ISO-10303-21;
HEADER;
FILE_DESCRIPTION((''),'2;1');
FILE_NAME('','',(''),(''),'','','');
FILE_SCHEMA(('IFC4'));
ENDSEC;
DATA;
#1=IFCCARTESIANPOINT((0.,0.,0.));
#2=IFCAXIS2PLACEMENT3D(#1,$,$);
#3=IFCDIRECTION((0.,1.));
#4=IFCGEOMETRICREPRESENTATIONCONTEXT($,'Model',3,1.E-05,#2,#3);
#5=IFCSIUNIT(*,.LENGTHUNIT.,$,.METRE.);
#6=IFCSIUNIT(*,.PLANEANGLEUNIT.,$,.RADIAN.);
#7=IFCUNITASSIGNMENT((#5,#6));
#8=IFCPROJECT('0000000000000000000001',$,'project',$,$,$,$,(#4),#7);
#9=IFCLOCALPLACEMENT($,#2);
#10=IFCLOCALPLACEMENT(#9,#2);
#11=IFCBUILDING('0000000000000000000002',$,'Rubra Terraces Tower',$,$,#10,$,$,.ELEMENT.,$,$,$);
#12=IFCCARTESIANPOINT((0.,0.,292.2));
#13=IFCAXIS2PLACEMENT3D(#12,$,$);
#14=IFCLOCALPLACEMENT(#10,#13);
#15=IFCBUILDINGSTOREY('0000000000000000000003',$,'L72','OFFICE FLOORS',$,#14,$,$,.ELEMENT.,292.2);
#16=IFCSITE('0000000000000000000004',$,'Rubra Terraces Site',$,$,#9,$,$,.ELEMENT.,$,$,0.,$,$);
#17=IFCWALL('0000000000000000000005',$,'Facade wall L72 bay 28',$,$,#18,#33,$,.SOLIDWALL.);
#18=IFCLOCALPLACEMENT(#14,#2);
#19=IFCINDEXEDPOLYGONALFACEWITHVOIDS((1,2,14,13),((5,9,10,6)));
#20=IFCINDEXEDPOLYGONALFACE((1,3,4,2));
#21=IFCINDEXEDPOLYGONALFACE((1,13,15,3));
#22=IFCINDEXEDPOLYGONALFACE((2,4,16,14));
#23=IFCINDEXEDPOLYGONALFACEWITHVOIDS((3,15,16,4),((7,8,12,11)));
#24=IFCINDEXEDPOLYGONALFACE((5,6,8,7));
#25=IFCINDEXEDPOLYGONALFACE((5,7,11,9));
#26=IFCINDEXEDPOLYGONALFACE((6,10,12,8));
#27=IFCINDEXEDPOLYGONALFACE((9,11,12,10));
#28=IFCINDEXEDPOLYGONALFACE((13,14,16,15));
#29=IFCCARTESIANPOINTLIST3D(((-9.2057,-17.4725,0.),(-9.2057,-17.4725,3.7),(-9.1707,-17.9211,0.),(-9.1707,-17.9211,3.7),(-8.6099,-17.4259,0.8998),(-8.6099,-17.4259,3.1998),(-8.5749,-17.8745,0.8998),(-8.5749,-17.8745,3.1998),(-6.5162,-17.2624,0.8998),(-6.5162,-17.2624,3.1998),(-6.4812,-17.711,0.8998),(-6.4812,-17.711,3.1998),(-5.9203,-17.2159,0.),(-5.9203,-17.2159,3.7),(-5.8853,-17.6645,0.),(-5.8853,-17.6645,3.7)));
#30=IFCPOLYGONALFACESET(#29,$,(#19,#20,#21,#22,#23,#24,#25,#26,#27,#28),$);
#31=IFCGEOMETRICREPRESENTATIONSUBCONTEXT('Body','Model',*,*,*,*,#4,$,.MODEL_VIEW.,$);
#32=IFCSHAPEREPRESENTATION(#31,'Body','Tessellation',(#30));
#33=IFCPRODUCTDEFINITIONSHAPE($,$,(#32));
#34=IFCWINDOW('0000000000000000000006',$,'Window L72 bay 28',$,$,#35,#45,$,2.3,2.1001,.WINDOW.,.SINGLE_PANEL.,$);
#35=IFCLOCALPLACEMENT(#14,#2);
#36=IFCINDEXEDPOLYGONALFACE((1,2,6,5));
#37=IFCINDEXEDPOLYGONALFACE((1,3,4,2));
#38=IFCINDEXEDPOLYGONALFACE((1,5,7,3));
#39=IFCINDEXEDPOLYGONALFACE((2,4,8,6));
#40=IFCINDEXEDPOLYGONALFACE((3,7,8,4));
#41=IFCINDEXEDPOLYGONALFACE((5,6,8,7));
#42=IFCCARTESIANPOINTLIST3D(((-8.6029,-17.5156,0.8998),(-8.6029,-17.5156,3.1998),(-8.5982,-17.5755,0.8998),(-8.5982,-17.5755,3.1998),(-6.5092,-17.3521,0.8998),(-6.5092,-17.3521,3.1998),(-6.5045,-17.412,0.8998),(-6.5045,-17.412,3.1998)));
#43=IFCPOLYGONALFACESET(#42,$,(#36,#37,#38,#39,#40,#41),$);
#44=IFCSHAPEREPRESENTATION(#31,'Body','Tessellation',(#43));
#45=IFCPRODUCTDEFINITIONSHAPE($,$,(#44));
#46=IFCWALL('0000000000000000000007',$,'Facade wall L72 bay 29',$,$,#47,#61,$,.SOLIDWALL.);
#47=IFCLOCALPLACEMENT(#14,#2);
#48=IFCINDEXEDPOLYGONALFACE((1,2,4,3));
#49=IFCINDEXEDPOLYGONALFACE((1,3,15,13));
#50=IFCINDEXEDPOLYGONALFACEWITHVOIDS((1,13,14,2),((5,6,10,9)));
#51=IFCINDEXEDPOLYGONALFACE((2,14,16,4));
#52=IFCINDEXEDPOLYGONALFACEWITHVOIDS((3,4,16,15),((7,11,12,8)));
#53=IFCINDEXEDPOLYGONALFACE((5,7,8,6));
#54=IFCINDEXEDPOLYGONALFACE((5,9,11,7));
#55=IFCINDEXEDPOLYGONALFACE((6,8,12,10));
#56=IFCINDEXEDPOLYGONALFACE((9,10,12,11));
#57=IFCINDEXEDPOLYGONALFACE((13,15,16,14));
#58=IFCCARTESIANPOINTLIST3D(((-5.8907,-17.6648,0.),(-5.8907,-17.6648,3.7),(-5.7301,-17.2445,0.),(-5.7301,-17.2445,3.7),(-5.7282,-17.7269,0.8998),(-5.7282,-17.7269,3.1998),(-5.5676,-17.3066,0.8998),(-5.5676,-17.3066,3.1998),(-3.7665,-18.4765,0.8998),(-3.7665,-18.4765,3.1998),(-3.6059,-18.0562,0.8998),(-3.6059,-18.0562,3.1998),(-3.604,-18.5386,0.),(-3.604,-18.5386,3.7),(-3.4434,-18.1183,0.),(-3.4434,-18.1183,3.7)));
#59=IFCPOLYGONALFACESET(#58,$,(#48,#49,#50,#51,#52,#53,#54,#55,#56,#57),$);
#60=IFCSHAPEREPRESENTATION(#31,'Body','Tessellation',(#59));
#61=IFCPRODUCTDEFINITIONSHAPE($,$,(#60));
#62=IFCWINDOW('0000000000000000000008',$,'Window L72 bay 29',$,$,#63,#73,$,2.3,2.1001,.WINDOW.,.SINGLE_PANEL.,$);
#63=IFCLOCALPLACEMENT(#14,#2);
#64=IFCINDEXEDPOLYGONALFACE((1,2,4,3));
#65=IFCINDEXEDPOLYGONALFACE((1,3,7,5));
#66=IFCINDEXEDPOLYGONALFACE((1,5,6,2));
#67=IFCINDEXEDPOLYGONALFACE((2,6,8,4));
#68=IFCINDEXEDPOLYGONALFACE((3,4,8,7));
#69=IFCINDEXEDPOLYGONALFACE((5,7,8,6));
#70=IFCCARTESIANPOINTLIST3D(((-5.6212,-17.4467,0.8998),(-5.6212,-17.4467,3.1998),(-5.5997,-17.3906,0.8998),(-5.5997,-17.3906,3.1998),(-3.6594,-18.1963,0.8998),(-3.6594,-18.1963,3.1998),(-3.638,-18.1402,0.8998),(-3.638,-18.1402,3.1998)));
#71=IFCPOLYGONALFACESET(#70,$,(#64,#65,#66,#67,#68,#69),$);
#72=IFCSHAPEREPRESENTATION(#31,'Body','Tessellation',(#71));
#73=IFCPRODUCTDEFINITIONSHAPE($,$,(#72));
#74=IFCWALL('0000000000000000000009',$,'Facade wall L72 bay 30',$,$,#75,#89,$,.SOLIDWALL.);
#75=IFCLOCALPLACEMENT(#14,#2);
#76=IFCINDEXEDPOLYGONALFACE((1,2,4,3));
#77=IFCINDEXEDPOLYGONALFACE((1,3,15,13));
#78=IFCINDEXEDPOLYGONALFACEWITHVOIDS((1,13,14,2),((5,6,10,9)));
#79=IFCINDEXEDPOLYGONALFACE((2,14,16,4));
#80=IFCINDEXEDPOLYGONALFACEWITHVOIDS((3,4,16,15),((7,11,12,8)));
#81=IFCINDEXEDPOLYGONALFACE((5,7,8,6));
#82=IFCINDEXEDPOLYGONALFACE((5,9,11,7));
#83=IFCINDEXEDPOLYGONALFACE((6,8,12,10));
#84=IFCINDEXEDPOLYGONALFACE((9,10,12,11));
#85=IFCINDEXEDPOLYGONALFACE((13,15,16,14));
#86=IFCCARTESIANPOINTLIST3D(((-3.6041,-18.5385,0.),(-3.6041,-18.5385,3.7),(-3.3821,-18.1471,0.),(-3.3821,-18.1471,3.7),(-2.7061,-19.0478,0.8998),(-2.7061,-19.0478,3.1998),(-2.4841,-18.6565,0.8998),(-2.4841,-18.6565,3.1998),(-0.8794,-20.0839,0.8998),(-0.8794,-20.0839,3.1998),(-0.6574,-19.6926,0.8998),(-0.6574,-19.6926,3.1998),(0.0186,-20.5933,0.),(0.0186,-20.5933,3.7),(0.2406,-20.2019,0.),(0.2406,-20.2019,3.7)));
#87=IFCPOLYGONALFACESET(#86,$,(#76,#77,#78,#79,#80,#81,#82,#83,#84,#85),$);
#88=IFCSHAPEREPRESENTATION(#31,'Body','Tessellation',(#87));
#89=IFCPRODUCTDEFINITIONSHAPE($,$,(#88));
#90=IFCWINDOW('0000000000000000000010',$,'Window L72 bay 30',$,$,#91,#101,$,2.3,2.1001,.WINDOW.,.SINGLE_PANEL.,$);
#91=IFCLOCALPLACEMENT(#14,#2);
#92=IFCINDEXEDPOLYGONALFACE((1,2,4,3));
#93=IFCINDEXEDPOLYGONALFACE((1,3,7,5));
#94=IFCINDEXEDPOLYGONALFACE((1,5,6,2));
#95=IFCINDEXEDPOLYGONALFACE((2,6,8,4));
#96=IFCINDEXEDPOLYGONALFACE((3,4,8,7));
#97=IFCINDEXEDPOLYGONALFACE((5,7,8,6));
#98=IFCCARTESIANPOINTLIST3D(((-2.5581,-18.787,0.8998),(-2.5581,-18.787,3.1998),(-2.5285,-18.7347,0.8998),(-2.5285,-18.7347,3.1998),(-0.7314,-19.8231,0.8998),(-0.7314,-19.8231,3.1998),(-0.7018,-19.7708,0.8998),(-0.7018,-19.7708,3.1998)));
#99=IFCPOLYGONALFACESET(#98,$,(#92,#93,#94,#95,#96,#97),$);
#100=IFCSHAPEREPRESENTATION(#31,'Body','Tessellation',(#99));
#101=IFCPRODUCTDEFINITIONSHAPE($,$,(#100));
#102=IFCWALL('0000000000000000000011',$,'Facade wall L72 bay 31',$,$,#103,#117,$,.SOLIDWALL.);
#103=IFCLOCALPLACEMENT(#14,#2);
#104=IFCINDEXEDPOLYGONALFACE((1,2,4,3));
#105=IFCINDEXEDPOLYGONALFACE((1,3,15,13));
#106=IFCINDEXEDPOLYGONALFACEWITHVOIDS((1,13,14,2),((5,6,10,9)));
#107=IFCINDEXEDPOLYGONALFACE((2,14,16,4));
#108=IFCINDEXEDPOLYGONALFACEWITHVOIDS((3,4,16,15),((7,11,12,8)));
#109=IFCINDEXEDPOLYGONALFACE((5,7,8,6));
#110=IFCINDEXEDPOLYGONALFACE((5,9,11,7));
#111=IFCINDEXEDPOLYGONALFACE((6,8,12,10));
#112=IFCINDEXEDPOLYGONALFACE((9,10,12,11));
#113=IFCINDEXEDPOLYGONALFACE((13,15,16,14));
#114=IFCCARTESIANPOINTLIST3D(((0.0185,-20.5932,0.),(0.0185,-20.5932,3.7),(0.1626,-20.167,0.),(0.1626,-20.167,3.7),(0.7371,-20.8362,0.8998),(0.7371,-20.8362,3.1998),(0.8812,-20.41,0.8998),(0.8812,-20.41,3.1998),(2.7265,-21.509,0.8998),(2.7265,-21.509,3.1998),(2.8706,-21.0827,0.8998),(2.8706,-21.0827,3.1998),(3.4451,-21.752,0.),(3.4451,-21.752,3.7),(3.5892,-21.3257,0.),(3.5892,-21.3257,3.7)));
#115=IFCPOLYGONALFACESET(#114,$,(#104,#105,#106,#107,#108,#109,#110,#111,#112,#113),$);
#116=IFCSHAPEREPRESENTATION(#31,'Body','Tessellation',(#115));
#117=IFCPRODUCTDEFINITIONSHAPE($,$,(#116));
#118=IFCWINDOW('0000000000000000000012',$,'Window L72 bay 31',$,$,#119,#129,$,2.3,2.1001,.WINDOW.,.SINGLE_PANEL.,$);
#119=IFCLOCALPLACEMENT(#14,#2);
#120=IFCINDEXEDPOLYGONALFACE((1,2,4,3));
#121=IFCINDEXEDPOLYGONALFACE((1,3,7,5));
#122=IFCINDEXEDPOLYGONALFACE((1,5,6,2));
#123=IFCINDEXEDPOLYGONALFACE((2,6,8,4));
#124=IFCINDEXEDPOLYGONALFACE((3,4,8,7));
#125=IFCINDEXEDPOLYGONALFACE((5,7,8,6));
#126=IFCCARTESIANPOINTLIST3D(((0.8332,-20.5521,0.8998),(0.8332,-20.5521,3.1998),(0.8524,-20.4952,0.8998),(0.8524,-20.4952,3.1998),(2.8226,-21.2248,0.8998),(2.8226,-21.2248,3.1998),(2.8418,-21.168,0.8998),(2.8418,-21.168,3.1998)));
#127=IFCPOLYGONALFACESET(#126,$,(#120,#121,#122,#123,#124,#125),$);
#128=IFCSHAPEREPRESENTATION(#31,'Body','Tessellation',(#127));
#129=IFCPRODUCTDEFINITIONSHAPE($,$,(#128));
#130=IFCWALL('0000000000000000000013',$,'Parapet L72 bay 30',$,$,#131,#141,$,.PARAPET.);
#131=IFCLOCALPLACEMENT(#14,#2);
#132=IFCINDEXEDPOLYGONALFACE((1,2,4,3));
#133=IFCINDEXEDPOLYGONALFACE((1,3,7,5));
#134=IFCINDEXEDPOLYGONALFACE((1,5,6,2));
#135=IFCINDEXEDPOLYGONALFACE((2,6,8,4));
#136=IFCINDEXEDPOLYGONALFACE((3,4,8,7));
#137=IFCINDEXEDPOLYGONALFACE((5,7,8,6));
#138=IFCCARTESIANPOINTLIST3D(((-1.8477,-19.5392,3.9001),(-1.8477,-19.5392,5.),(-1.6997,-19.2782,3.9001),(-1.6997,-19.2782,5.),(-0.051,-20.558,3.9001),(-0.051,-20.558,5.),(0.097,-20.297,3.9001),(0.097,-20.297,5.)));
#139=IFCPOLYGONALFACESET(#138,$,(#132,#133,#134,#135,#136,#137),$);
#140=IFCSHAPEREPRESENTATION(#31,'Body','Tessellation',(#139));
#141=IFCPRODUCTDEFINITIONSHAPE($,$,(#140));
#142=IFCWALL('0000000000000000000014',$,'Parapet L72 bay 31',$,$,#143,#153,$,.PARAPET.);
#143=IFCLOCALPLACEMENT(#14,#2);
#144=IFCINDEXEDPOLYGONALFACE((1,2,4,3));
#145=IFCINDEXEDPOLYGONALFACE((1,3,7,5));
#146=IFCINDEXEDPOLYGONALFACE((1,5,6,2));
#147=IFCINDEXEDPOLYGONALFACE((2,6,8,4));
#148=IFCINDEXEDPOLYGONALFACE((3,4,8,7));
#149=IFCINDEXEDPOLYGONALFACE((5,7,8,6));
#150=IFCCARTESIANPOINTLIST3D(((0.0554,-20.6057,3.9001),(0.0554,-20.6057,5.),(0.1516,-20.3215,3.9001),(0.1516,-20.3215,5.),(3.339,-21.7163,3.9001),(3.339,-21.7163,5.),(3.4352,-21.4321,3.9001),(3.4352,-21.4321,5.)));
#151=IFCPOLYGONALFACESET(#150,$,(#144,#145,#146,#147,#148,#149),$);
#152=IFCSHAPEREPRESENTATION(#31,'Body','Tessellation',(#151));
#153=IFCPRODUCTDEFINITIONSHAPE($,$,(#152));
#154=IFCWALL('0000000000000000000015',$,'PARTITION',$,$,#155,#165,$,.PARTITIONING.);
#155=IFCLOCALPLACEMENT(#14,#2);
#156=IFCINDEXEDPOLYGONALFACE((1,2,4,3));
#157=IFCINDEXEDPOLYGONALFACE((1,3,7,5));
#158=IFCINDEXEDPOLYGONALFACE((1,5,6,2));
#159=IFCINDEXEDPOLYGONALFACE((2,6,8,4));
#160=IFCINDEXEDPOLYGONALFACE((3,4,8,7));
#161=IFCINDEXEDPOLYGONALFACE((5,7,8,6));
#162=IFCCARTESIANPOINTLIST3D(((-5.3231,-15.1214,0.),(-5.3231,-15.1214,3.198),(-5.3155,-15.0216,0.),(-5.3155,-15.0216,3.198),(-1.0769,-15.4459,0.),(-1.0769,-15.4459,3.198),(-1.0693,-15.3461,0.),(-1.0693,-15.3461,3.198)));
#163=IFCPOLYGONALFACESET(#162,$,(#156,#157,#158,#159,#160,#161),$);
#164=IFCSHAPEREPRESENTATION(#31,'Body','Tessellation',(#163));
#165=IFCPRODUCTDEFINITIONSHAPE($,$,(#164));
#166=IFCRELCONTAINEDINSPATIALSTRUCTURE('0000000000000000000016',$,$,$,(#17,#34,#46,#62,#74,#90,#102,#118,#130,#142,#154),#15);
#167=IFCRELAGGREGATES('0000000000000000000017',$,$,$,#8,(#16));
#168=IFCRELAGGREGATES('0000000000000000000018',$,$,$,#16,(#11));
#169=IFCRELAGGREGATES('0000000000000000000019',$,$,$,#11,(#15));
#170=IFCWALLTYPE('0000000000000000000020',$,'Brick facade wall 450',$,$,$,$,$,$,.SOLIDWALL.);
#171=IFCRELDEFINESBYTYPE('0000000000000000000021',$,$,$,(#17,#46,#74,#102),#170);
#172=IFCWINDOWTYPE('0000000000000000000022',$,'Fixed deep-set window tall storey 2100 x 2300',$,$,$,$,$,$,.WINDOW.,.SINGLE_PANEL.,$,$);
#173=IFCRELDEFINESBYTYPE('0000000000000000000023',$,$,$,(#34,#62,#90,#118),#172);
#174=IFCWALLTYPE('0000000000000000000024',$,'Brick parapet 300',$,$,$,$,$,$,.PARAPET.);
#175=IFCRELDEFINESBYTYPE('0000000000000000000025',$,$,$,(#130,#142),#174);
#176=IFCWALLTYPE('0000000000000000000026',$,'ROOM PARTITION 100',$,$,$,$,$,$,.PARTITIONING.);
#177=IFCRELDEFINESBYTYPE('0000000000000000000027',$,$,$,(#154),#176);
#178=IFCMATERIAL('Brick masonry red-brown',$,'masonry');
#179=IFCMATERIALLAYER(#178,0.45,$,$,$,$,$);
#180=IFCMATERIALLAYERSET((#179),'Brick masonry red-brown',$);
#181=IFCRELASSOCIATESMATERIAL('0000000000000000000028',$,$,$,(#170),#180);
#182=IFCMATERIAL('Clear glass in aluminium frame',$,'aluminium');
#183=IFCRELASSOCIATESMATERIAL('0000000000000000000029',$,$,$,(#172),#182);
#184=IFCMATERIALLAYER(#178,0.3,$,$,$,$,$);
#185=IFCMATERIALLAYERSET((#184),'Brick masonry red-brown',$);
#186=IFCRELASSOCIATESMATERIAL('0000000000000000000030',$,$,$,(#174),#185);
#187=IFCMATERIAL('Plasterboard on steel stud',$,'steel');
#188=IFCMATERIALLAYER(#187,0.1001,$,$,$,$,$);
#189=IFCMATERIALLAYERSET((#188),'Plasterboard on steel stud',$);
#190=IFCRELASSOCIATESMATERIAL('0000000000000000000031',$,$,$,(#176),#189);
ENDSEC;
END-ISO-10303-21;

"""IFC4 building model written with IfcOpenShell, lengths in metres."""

from ifc_helpers import new_model, si_unit, direction, frame, frame_2d, origin, place, context, subcontext, project, spatial, rectangle, extrude, material, layer, layer_set, type_object, element, fill, save


model = new_model("IFC4")

# Units and contexts
model_context = context("Model", 3, precision=1e-05, world=origin(), true_north=direction((0.0, 1.0)))
body_context = subcontext(model_context, "Body", "Model", "MODEL_VIEW")
ifc_project = project(units=[si_unit("LENGTHUNIT", "METRE"), si_unit("PLANEANGLEUNIT", "RADIAN")], contexts=[model_context])

# Site, building, storey
site_placement = place(None, origin())
site = spatial("IfcSite", under=ifc_project, at=site_placement, Name="Rubra Terraces Site", CompositionType="ELEMENT", RefElevation=0.0)
building_placement = place(site_placement, origin())
building = spatial("IfcBuilding", under=site, at=building_placement, Name="Rubra Terraces Tower", CompositionType="ELEMENT")
storey_placement = place(building_placement, frame((0.0, 0.0, 292.2)))
storey = spatial("IfcBuildingStorey", under=building, at=storey_placement, Name="L72", Description="OFFICE FLOORS", CompositionType="ELEMENT", Elevation=292.2)

# Walls, openings, windows
ifc_material_1 = material(Name="Brick masonry red-brown", Category="masonry")
ifc_layer_1 = layer(ifc_material_1, 0.45)
ifc_layer_set_1 = layer_set([ifc_layer_1], Name="Brick masonry red-brown")
wall_type_1 = type_object("IfcWallType", Name="Brick facade wall 450", PredefinedType="SOLIDWALL", material=ifc_layer_set_1)
wall_1_placement = place(storey_placement, frame((-9.1882, -17.6968, 0.0), z_axis=(0.0, 0.0, 1.0), x_axis=(0.996964, 0.077864, 0.0)))
wall_1 = element("IfcWall", 1, at=wall_1_placement, inside=storey, type_object=wall_type_1, Name="Facade wall L72 bay 28", PredefinedType="SOLIDWALL", context=body_context, shape_type="SweptSolid", body=[
    extrude(rectangle(XDim=3.2954, YDim=0.45, at=frame_2d((1.6477, 0.0))), origin(), (0.0, 0.0, 1.0), 3.7),
])
opening_1_placement = place(wall_1_placement, frame((0.5977, 0.0, 0.8999)))
opening_1 = element("IfcOpeningElement", 2, at=opening_1_placement, cuts=wall_1, PredefinedType="OPENING", context=body_context, shape_type="SweptSolid", body=[
    extrude(rectangle(XDim=2.1001, YDim=2.3, at=frame_2d((1.05, 1.1499))), frame((0.0, 0.2349, 0.0), z_axis=(0.0, -1.0, 0.0), x_axis=(1.0, 0.0, 0.0)), (0.0, 0.0, 1.0), 0.47),
])
ifc_material_2 = material(Name="Clear glass in aluminium frame", Category="aluminium")
window_type = type_object("IfcWindowType", Name="Fixed deep-set window tall storey 2100 x 2300", PartitioningType="SINGLE_PANEL", PredefinedType="WINDOW", material=ifc_material_2)
window_1_placement = place(opening_1_placement, origin())
window_1 = element("IfcWindow", 3, at=window_1_placement, inside=storey, type_object=window_type, Name="Window L72 bay 28", OverallHeight=2.3, OverallWidth=2.1001, PartitioningType="SINGLE_PANEL", PredefinedType="WINDOW", context=body_context, shape_type="SweptSolid", body=[
    extrude(rectangle(XDim=2.1001, YDim=2.3, at=frame_2d((1.05, 1.1499))), frame((0.0, 0.135, 0.0), z_axis=(0.0, -1.0, 0.0), x_axis=(1.0, 0.0, 0.0)), (0.0, 0.0, 1.0), 0.0601),
])
fill(opening_1, window_1)
wall_2_placement = place(storey_placement, frame((-5.8105, -17.4546, 0.0), z_axis=(0.0, 0.0, 1.0), x_axis=(0.934122, -0.356953, 0.0)))
wall_2 = element("IfcWall", 4, at=wall_2_placement, inside=storey, type_object=wall_type_1, Name="Facade wall L72 bay 29", PredefinedType="SOLIDWALL", context=body_context, shape_type="SweptSolid", body=[
    extrude(rectangle(XDim=2.448, YDim=0.45, at=frame_2d((1.2241, 0.0))), origin(), (0.0, 0.0, 1.0), 3.7),
])
opening_2_placement = place(wall_2_placement, frame((0.1741, 0.0, 0.8999)))
opening_2 = element("IfcOpeningElement", 5, at=opening_2_placement, cuts=wall_2, PredefinedType="OPENING", context=body_context, shape_type="SweptSolid", body=[
    extrude(rectangle(XDim=2.1001, YDim=2.3, at=frame_2d((1.05, 1.1499))), frame((0.0, 0.2349, 0.0), z_axis=(0.0, -1.0, 0.0), x_axis=(1.0, 0.0, 0.0)), (0.0, 0.0, 1.0), 0.47),
])
window_2_placement = place(opening_2_placement, origin())
window_2 = element("IfcWindow", 6, at=window_2_placement, inside=storey, type_object=window_type, Name="Window L72 bay 29", OverallHeight=2.3, OverallWidth=2.1001, PartitioningType="SINGLE_PANEL", PredefinedType="WINDOW", context=body_context, shape_type="SweptSolid", body=[
    extrude(rectangle(XDim=2.1001, YDim=2.3, at=frame_2d((1.05, 1.1499))), frame((0.0, 0.135, 0.0), z_axis=(0.0, -1.0, 0.0), x_axis=(1.0, 0.0, 0.0)), (0.0, 0.0, 1.0), 0.0601),
])
fill(opening_2, window_2)
wall_3_placement = place(storey_placement, frame((-3.4932, -18.3428, 0.0), z_axis=(0.0, 0.0, 1.0), x_axis=(0.869826, -0.493359, 0.0)))
wall_3 = element("IfcWall", 7, at=wall_3_placement, inside=storey, type_object=wall_type_1, Name="Facade wall L72 bay 30", PredefinedType="SOLIDWALL", context=body_context, shape_type="SweptSolid", body=[
    extrude(rectangle(XDim=4.1648, YDim=0.45, at=frame_2d((2.0825, 0.0))), origin(), (0.0, 0.0, 1.0), 3.7),
])
opening_3_placement = place(wall_3_placement, frame((1.0325, 0.0, 0.8999)))
opening_3 = element("IfcOpeningElement", 8, at=opening_3_placement, cuts=wall_3, PredefinedType="OPENING", context=body_context, shape_type="SweptSolid", body=[
    extrude(rectangle(XDim=2.1001, YDim=2.3, at=frame_2d((1.05, 1.1499))), frame((0.0, 0.2349, 0.0), z_axis=(0.0, -1.0, 0.0), x_axis=(1.0, 0.0, 0.0)), (0.0, 0.0, 1.0), 0.47),
])
window_3_placement = place(opening_3_placement, origin())
window_3 = element("IfcWindow", 9, at=window_3_placement, inside=storey, type_object=window_type, Name="Window L72 bay 30", OverallHeight=2.3, OverallWidth=2.1001, PartitioningType="SINGLE_PANEL", PredefinedType="WINDOW", context=body_context, shape_type="SweptSolid", body=[
    extrude(rectangle(XDim=2.1001, YDim=2.3, at=frame_2d((1.05, 1.1499))), frame((0.0, 0.135, 0.0), z_axis=(0.0, -1.0, 0.0), x_axis=(1.0, 0.0, 0.0)), (0.0, 0.0, 1.0), 0.0601),
])
fill(opening_3, window_3)
wall_4_placement = place(storey_placement, frame((0.0906, -20.3801, 0.0), z_axis=(0.0, 0.0, 1.0), x_axis=(0.947304, -0.320335, 0.0)))
wall_4 = element("IfcWall", 10, at=wall_4_placement, inside=storey, type_object=wall_type_1, Name="Facade wall L72 bay 31", PredefinedType="SOLIDWALL", context=body_context, shape_type="SweptSolid", body=[
    extrude(rectangle(XDim=3.6172, YDim=0.45, at=frame_2d((1.8086, 0.0))), origin(), (0.0, 0.0, 1.0), 3.7),
])
opening_4_placement = place(wall_4_placement, frame((0.7585, 0.0, 0.8999)))
opening_4 = element("IfcOpeningElement", 11, at=opening_4_placement, cuts=wall_4, PredefinedType="OPENING", context=body_context, shape_type="SweptSolid", body=[
    extrude(rectangle(XDim=2.1001, YDim=2.3, at=frame_2d((1.05, 1.1499))), frame((0.0, 0.2349, 0.0), z_axis=(0.0, -1.0, 0.0), x_axis=(1.0, 0.0, 0.0)), (0.0, 0.0, 1.0), 0.47),
])
window_4_placement = place(opening_4_placement, origin())
window_4 = element("IfcWindow", 12, at=window_4_placement, inside=storey, type_object=window_type, Name="Window L72 bay 31", OverallHeight=2.3, OverallWidth=2.1001, PartitioningType="SINGLE_PANEL", PredefinedType="WINDOW", context=body_context, shape_type="SweptSolid", body=[
    extrude(rectangle(XDim=2.1001, YDim=2.3, at=frame_2d((1.05, 1.1499))), frame((0.0, 0.135, 0.0), z_axis=(0.0, -1.0, 0.0), x_axis=(1.0, 0.0, 0.0)), (0.0, 0.0, 1.0), 0.0601),
])
fill(opening_4, window_4)

# Walls
ifc_layer_2 = layer(ifc_material_1, 0.3)
ifc_layer_set_2 = layer_set([ifc_layer_2], Name="Brick masonry red-brown")
wall_type_2 = type_object("IfcWallType", Name="Brick parapet 300", PredefinedType="PARAPET", material=ifc_layer_set_2)
wall_5_placement = place(storey_placement, frame((-1.7737, -19.4087, 3.9001), z_axis=(0.0, 0.0, 1.0), x_axis=(0.869875, -0.493272, 0.0)))
element("IfcWall", 13, at=wall_5_placement, inside=storey, type_object=wall_type_2, Name="Parapet L72 bay 30", PredefinedType="PARAPET", context=body_context, shape_type="SweptSolid", body=[
    extrude(rectangle(XDim=2.0654, YDim=0.3, at=frame_2d((1.0327, 0.0))), origin(), (0.0, 0.0, 1.0), 1.0999),
])
wall_6_placement = place(storey_placement, frame((0.1035, -20.4636, 3.9001), z_axis=(0.0, 0.0, 1.0), x_axis=(0.947287, -0.320387, 0.0)))
element("IfcWall", 14, at=wall_6_placement, inside=storey, type_object=wall_type_2, Name="Parapet L72 bay 31", PredefinedType="PARAPET", context=body_context, shape_type="SweptSolid", body=[
    extrude(rectangle(XDim=3.4663, YDim=0.3, at=frame_2d((1.7332, 0.0))), origin(), (0.0, 0.0, 1.0), 1.0999),
])

# Wall
ifc_material_3 = material(Name="Plasterboard on steel stud", Category="steel")
ifc_layer_3 = layer(ifc_material_3, 0.1001)
ifc_layer_set_3 = layer_set([ifc_layer_3], Name="Plasterboard on steel stud")
wall_type_3 = type_object("IfcWallType", Name="ROOM PARTITION 100", PredefinedType="PARTITIONING", material=ifc_layer_set_3)
wall_7_placement = place(storey_placement, frame((-1.073, -15.396, 0.0), z_axis=(0.0, 0.0, 1.0), x_axis=(-0.997093, 0.076192, 0.0)))
element("IfcWall", 15, at=wall_7_placement, inside=storey, type_object=wall_type_3, Name="PARTITION", PredefinedType="PARTITIONING", context=body_context, shape_type="SweptSolid", body=[
    extrude(rectangle(XDim=4.2585, YDim=0.1001, at=frame_2d((2.1294, 0.0))), origin(), (0.0, 0.0, 1.0), 3.198),
])

save(model, "model.ifc")
